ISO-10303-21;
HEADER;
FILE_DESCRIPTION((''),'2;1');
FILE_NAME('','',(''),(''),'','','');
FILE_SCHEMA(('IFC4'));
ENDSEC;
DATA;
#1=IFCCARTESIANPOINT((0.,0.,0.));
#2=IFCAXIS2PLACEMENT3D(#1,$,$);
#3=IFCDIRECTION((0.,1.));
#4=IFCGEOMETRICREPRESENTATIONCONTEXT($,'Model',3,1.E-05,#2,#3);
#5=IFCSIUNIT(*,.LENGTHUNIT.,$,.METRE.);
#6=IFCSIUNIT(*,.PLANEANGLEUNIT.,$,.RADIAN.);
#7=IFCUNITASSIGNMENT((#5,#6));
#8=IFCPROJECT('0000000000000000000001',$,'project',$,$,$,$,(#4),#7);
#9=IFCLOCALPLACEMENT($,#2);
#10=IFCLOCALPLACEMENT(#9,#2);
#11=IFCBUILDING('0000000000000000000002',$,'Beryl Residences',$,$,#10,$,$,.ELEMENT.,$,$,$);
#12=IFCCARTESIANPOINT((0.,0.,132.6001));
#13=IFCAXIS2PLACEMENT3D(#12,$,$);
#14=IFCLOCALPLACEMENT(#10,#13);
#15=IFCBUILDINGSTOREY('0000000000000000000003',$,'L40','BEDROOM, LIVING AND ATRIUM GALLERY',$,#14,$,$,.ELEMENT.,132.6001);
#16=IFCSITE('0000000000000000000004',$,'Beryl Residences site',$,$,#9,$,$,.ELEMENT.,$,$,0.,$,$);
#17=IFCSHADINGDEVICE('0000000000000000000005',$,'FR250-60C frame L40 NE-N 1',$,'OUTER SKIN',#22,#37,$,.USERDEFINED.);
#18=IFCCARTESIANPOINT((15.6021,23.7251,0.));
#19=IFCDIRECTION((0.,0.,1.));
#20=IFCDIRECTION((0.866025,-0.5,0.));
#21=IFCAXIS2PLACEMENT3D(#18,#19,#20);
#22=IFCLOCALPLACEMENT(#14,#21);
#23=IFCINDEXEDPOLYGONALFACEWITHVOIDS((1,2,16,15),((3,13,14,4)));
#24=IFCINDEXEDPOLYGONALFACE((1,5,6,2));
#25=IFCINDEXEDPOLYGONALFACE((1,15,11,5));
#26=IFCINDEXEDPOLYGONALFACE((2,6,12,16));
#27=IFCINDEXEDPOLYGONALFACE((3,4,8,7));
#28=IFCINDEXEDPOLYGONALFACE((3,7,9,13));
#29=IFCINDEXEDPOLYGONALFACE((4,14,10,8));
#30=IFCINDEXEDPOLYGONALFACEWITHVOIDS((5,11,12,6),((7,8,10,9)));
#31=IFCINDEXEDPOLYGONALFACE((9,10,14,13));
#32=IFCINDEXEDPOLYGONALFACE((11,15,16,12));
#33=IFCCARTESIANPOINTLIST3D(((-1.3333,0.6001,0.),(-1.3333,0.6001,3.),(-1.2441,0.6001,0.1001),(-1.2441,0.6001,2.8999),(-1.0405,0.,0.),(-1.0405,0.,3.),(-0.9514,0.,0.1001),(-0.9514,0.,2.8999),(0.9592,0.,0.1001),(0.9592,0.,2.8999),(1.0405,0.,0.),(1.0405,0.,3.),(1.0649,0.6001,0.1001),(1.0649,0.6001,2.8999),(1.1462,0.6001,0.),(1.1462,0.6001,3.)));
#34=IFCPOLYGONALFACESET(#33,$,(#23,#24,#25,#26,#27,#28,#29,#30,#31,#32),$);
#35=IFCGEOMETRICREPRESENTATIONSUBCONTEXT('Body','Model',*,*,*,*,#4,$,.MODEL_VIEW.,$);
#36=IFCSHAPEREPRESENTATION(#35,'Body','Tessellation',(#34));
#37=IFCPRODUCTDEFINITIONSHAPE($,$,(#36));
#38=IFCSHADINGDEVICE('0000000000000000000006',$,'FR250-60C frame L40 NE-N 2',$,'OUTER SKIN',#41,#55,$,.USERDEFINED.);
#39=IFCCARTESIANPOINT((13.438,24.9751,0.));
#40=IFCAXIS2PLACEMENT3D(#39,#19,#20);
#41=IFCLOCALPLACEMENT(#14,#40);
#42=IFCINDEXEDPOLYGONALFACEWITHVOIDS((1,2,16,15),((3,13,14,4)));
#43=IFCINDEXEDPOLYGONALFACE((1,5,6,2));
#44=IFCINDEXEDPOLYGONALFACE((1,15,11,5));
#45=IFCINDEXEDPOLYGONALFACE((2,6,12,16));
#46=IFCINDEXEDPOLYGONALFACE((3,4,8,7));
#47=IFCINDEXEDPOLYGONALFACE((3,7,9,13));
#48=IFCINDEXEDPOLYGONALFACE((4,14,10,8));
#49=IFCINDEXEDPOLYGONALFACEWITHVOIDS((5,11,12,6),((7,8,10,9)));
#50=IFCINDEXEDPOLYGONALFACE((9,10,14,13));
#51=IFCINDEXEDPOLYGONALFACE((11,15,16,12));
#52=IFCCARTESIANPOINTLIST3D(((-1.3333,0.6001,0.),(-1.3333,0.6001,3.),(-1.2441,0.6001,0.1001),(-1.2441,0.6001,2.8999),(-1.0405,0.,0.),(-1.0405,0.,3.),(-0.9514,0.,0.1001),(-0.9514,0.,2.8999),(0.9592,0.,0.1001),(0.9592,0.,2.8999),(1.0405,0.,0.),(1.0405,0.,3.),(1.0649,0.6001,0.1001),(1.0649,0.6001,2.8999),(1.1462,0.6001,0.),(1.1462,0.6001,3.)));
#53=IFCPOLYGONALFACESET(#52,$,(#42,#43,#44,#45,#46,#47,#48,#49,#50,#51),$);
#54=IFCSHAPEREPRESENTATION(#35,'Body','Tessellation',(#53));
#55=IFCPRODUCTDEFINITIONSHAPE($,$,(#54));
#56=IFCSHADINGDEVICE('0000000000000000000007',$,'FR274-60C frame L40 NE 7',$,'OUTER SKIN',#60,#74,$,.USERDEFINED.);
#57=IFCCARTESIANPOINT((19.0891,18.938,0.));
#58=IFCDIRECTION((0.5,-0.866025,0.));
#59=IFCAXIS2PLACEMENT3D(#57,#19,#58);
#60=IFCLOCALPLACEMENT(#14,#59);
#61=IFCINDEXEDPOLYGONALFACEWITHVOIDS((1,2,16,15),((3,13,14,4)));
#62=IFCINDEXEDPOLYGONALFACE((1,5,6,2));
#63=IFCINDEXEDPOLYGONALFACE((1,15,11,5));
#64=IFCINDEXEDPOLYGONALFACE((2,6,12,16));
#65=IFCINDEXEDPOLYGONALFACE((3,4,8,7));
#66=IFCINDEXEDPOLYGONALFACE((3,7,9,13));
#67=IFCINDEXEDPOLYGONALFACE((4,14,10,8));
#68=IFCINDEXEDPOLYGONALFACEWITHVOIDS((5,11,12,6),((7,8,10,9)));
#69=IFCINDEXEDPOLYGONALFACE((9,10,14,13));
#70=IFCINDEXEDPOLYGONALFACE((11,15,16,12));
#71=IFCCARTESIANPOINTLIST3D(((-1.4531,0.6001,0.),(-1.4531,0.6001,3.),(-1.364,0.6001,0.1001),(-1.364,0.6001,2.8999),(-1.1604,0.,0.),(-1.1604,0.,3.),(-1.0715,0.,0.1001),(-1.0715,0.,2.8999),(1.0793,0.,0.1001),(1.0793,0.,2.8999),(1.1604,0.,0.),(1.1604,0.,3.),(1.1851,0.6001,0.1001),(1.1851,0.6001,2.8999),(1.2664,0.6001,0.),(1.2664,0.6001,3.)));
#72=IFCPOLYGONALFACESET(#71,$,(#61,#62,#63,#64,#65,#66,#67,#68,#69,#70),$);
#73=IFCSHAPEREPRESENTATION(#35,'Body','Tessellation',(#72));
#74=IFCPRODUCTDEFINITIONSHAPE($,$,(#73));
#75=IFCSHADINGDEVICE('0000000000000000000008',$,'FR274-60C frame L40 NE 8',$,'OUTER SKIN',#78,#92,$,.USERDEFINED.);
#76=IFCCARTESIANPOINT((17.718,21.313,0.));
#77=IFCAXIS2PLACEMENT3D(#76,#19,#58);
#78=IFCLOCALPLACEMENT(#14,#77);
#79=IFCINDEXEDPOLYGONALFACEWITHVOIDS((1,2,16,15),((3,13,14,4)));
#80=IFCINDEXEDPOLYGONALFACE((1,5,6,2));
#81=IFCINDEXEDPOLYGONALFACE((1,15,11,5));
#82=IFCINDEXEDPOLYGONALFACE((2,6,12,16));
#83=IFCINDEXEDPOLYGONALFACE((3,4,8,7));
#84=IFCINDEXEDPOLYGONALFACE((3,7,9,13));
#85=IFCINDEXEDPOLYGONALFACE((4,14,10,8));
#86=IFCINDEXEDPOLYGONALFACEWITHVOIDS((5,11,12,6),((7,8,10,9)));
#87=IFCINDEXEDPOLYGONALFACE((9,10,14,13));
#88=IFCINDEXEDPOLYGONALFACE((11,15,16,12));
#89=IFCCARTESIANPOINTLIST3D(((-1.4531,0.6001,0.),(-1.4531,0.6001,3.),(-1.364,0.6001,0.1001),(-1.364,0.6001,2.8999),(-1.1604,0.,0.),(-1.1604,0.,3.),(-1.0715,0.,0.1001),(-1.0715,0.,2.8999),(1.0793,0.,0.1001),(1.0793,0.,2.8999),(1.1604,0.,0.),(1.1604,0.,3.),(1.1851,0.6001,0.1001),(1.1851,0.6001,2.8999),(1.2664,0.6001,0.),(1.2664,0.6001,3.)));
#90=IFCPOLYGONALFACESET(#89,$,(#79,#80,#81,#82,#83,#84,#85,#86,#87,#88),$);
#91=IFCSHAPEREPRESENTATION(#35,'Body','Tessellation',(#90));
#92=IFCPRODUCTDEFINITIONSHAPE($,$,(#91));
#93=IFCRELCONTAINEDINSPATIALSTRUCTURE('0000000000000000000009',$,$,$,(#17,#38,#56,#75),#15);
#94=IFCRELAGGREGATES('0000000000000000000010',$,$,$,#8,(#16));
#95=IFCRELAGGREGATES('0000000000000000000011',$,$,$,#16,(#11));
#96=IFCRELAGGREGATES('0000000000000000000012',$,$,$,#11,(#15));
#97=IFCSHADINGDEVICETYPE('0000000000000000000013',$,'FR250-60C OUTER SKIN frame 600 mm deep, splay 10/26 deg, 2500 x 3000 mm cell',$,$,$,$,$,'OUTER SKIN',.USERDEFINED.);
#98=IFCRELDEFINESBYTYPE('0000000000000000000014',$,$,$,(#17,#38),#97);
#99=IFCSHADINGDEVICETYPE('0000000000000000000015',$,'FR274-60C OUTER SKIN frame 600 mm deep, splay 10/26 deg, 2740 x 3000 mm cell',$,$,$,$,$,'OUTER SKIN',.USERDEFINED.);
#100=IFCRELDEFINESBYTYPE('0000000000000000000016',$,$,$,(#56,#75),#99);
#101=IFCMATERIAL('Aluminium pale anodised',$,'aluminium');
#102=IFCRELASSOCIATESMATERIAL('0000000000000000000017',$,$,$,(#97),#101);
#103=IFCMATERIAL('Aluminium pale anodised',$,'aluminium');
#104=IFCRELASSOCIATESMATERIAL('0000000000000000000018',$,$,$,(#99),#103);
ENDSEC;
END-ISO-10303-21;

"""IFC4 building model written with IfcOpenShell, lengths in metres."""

from ifc_helpers import new_model, entity, si_unit, direction, frame, origin, place, context, subcontext, project, spatial, source, transform, mapped, material, type_object, type_shapes, element, save


model = new_model("IFC4")

# Units and contexts
model_context = context("Model", 3, precision=1e-05, world=origin(), true_north=direction((0.0, 1.0)))
body_context = subcontext(model_context, "Body", "Model", "MODEL_VIEW")
ifc_project = project(units=[si_unit("LENGTHUNIT", "METRE"), si_unit("PLANEANGLEUNIT", "RADIAN")], contexts=[model_context])

# Site, building, storey
site_placement = place(None, origin())
site = spatial("IfcSite", under=ifc_project, at=site_placement, Name="Beryl Residences site", CompositionType="ELEMENT", RefElevation=0.0)
building_placement = place(site_placement, origin())
building = spatial("IfcBuilding", under=site, at=building_placement, Name="Beryl Residences", CompositionType="ELEMENT")
storey_placement = place(building_placement, frame((0.0, 0.0, 132.6001)))
storey = spatial("IfcBuildingStorey", under=building, at=storey_placement, Name="L40", Description="BEDROOM, LIVING AND ATRIUM GALLERY", CompositionType="ELEMENT", Elevation=132.6001)

# Shading devices
ifc_material_1 = material(Name="Aluminium pale anodised", Category="aluminium")
shading_device_type_1 = type_object("IfcShadingDeviceType", Name="FR250-60C OUTER SKIN frame 600 mm deep, splay 10/26 deg, 2500 x 3000 mm cell", ElementType="OUTER SKIN", PredefinedType="USERDEFINED", material=ifc_material_1)
cartesian_point_1 = entity("IfcCartesianPoint", [-1.0405, 0.0])
cartesian_point_2 = entity("IfcCartesianPoint", [-0.9592, 0.1001])
cartesian_point_3 = entity("IfcCartesianPoint", [-1.1462, 0.0])
cartesian_point_4 = entity("IfcCartesianPoint", [-1.0649, 0.1001])
shared_shape_1 = source(origin(), body_context, "Body", "SweptSolid", [
    entity("IfcExtrudedAreaSolidTapered", entity("IfcArbitraryProfileDefWithVoids", "AREA", None, entity("IfcPolyline", [cartesian_point_1, entity("IfcCartesianPoint", [1.0405, 0.0]), entity("IfcCartesianPoint", [1.0405, 3.0]), entity("IfcCartesianPoint", [-1.0405, 3.0]), cartesian_point_1]), [entity("IfcPolyline", [cartesian_point_2, entity("IfcCartesianPoint", [0.9514, 0.1001]), entity("IfcCartesianPoint", [0.9514, 2.8999]), entity("IfcCartesianPoint", [-0.9592, 2.8999]), cartesian_point_2])]), entity("IfcAxis2Placement3D", entity("IfcCartesianPoint", [0.0, 0.0, 0.0]), entity("IfcDirection", [0.0, 1.0, 0.0]), entity("IfcDirection", [-1.0, 0.0, 0.0])), entity("IfcDirection", [0.0, 0.0, 1.0]), 0.6001, entity("IfcArbitraryProfileDefWithVoids", "AREA", None, entity("IfcPolyline", [cartesian_point_3, entity("IfcCartesianPoint", [1.3333, 0.0]), entity("IfcCartesianPoint", [1.3333, 3.0]), entity("IfcCartesianPoint", [-1.1462, 3.0]), cartesian_point_3]), [entity("IfcPolyline", [cartesian_point_4, entity("IfcCartesianPoint", [1.2441, 0.1001]), entity("IfcCartesianPoint", [1.2441, 2.8999]), entity("IfcCartesianPoint", [-1.0649, 2.8999]), cartesian_point_4])])),
])
type_shapes(shading_device_type_1, [shared_shape_1])
for number, where, z_axis, x_axis, name in (
    (1, (15.6021, 23.7251, 0.0), (0.0, 0.0, 1.0), (0.866025, -0.5, 0.0), "FR250-60C frame L40 NE-N 1"),
    (2, (13.438, 24.9751, 0.0), (0.0, 0.0, 1.0), (0.866025, -0.5, 0.0), "FR250-60C frame L40 NE-N 2"),
):
    element("IfcShadingDevice", number, at=place(storey_placement, frame(where, z_axis=z_axis, x_axis=x_axis)), inside=storey, type_object=shading_device_type_1, Name=name, ObjectType="OUTER SKIN", PredefinedType="USERDEFINED", context=body_context, shape_type="MappedRepresentation", body=[
        mapped(shared_shape_1, transform((0.0, 0.0, 0.0))),
    ])
ifc_material_2 = material(Name="Aluminium pale anodised", Category="aluminium")
shading_device_type_2 = type_object("IfcShadingDeviceType", Name="FR274-60C OUTER SKIN frame 600 mm deep, splay 10/26 deg, 2740 x 3000 mm cell", ElementType="OUTER SKIN", PredefinedType="USERDEFINED", material=ifc_material_2)
cartesian_point_5 = entity("IfcCartesianPoint", [-1.1604, 0.0])
cartesian_point_6 = entity("IfcCartesianPoint", [-1.0793, 0.1001])
cartesian_point_7 = entity("IfcCartesianPoint", [-1.2664, 0.0])
cartesian_point_8 = entity("IfcCartesianPoint", [-1.1851, 0.1001])
shared_shape_2 = source(origin(), body_context, "Body", "SweptSolid", [
    entity("IfcExtrudedAreaSolidTapered", entity("IfcArbitraryProfileDefWithVoids", "AREA", None, entity("IfcPolyline", [cartesian_point_5, entity("IfcCartesianPoint", [1.1604, 0.0]), entity("IfcCartesianPoint", [1.1604, 3.0]), entity("IfcCartesianPoint", [-1.1604, 3.0]), cartesian_point_5]), [entity("IfcPolyline", [cartesian_point_6, entity("IfcCartesianPoint", [1.0715, 0.1001]), entity("IfcCartesianPoint", [1.0715, 2.8999]), entity("IfcCartesianPoint", [-1.0793, 2.8999]), cartesian_point_6])]), entity("IfcAxis2Placement3D", entity("IfcCartesianPoint", [0.0, 0.0, 0.0]), entity("IfcDirection", [0.0, 1.0, 0.0]), entity("IfcDirection", [-1.0, 0.0, 0.0])), entity("IfcDirection", [0.0, 0.0, 1.0]), 0.6001, entity("IfcArbitraryProfileDefWithVoids", "AREA", None, entity("IfcPolyline", [cartesian_point_7, entity("IfcCartesianPoint", [1.4531, 0.0]), entity("IfcCartesianPoint", [1.4531, 3.0]), entity("IfcCartesianPoint", [-1.2664, 3.0]), cartesian_point_7]), [entity("IfcPolyline", [cartesian_point_8, entity("IfcCartesianPoint", [1.364, 0.1001]), entity("IfcCartesianPoint", [1.364, 2.8999]), entity("IfcCartesianPoint", [-1.1851, 2.8999]), cartesian_point_8])])),
])
type_shapes(shading_device_type_2, [shared_shape_2])
for number, where, z_axis, x_axis, name in (
    (3, (19.0891, 18.938, 0.0), (0.0, 0.0, 1.0), (0.5, -0.866025, 0.0), "FR274-60C frame L40 NE 7"),
    (4, (17.718, 21.313, 0.0), (0.0, 0.0, 1.0), (0.5, -0.866025, 0.0), "FR274-60C frame L40 NE 8"),
):
    element("IfcShadingDevice", number, at=place(storey_placement, frame(where, z_axis=z_axis, x_axis=x_axis)), inside=storey, type_object=shading_device_type_2, Name=name, ObjectType="OUTER SKIN", PredefinedType="USERDEFINED", context=body_context, shape_type="MappedRepresentation", body=[
        mapped(shared_shape_2, transform((0.0, 0.0, 0.0))),
    ])

save(model, "model.ifc")
